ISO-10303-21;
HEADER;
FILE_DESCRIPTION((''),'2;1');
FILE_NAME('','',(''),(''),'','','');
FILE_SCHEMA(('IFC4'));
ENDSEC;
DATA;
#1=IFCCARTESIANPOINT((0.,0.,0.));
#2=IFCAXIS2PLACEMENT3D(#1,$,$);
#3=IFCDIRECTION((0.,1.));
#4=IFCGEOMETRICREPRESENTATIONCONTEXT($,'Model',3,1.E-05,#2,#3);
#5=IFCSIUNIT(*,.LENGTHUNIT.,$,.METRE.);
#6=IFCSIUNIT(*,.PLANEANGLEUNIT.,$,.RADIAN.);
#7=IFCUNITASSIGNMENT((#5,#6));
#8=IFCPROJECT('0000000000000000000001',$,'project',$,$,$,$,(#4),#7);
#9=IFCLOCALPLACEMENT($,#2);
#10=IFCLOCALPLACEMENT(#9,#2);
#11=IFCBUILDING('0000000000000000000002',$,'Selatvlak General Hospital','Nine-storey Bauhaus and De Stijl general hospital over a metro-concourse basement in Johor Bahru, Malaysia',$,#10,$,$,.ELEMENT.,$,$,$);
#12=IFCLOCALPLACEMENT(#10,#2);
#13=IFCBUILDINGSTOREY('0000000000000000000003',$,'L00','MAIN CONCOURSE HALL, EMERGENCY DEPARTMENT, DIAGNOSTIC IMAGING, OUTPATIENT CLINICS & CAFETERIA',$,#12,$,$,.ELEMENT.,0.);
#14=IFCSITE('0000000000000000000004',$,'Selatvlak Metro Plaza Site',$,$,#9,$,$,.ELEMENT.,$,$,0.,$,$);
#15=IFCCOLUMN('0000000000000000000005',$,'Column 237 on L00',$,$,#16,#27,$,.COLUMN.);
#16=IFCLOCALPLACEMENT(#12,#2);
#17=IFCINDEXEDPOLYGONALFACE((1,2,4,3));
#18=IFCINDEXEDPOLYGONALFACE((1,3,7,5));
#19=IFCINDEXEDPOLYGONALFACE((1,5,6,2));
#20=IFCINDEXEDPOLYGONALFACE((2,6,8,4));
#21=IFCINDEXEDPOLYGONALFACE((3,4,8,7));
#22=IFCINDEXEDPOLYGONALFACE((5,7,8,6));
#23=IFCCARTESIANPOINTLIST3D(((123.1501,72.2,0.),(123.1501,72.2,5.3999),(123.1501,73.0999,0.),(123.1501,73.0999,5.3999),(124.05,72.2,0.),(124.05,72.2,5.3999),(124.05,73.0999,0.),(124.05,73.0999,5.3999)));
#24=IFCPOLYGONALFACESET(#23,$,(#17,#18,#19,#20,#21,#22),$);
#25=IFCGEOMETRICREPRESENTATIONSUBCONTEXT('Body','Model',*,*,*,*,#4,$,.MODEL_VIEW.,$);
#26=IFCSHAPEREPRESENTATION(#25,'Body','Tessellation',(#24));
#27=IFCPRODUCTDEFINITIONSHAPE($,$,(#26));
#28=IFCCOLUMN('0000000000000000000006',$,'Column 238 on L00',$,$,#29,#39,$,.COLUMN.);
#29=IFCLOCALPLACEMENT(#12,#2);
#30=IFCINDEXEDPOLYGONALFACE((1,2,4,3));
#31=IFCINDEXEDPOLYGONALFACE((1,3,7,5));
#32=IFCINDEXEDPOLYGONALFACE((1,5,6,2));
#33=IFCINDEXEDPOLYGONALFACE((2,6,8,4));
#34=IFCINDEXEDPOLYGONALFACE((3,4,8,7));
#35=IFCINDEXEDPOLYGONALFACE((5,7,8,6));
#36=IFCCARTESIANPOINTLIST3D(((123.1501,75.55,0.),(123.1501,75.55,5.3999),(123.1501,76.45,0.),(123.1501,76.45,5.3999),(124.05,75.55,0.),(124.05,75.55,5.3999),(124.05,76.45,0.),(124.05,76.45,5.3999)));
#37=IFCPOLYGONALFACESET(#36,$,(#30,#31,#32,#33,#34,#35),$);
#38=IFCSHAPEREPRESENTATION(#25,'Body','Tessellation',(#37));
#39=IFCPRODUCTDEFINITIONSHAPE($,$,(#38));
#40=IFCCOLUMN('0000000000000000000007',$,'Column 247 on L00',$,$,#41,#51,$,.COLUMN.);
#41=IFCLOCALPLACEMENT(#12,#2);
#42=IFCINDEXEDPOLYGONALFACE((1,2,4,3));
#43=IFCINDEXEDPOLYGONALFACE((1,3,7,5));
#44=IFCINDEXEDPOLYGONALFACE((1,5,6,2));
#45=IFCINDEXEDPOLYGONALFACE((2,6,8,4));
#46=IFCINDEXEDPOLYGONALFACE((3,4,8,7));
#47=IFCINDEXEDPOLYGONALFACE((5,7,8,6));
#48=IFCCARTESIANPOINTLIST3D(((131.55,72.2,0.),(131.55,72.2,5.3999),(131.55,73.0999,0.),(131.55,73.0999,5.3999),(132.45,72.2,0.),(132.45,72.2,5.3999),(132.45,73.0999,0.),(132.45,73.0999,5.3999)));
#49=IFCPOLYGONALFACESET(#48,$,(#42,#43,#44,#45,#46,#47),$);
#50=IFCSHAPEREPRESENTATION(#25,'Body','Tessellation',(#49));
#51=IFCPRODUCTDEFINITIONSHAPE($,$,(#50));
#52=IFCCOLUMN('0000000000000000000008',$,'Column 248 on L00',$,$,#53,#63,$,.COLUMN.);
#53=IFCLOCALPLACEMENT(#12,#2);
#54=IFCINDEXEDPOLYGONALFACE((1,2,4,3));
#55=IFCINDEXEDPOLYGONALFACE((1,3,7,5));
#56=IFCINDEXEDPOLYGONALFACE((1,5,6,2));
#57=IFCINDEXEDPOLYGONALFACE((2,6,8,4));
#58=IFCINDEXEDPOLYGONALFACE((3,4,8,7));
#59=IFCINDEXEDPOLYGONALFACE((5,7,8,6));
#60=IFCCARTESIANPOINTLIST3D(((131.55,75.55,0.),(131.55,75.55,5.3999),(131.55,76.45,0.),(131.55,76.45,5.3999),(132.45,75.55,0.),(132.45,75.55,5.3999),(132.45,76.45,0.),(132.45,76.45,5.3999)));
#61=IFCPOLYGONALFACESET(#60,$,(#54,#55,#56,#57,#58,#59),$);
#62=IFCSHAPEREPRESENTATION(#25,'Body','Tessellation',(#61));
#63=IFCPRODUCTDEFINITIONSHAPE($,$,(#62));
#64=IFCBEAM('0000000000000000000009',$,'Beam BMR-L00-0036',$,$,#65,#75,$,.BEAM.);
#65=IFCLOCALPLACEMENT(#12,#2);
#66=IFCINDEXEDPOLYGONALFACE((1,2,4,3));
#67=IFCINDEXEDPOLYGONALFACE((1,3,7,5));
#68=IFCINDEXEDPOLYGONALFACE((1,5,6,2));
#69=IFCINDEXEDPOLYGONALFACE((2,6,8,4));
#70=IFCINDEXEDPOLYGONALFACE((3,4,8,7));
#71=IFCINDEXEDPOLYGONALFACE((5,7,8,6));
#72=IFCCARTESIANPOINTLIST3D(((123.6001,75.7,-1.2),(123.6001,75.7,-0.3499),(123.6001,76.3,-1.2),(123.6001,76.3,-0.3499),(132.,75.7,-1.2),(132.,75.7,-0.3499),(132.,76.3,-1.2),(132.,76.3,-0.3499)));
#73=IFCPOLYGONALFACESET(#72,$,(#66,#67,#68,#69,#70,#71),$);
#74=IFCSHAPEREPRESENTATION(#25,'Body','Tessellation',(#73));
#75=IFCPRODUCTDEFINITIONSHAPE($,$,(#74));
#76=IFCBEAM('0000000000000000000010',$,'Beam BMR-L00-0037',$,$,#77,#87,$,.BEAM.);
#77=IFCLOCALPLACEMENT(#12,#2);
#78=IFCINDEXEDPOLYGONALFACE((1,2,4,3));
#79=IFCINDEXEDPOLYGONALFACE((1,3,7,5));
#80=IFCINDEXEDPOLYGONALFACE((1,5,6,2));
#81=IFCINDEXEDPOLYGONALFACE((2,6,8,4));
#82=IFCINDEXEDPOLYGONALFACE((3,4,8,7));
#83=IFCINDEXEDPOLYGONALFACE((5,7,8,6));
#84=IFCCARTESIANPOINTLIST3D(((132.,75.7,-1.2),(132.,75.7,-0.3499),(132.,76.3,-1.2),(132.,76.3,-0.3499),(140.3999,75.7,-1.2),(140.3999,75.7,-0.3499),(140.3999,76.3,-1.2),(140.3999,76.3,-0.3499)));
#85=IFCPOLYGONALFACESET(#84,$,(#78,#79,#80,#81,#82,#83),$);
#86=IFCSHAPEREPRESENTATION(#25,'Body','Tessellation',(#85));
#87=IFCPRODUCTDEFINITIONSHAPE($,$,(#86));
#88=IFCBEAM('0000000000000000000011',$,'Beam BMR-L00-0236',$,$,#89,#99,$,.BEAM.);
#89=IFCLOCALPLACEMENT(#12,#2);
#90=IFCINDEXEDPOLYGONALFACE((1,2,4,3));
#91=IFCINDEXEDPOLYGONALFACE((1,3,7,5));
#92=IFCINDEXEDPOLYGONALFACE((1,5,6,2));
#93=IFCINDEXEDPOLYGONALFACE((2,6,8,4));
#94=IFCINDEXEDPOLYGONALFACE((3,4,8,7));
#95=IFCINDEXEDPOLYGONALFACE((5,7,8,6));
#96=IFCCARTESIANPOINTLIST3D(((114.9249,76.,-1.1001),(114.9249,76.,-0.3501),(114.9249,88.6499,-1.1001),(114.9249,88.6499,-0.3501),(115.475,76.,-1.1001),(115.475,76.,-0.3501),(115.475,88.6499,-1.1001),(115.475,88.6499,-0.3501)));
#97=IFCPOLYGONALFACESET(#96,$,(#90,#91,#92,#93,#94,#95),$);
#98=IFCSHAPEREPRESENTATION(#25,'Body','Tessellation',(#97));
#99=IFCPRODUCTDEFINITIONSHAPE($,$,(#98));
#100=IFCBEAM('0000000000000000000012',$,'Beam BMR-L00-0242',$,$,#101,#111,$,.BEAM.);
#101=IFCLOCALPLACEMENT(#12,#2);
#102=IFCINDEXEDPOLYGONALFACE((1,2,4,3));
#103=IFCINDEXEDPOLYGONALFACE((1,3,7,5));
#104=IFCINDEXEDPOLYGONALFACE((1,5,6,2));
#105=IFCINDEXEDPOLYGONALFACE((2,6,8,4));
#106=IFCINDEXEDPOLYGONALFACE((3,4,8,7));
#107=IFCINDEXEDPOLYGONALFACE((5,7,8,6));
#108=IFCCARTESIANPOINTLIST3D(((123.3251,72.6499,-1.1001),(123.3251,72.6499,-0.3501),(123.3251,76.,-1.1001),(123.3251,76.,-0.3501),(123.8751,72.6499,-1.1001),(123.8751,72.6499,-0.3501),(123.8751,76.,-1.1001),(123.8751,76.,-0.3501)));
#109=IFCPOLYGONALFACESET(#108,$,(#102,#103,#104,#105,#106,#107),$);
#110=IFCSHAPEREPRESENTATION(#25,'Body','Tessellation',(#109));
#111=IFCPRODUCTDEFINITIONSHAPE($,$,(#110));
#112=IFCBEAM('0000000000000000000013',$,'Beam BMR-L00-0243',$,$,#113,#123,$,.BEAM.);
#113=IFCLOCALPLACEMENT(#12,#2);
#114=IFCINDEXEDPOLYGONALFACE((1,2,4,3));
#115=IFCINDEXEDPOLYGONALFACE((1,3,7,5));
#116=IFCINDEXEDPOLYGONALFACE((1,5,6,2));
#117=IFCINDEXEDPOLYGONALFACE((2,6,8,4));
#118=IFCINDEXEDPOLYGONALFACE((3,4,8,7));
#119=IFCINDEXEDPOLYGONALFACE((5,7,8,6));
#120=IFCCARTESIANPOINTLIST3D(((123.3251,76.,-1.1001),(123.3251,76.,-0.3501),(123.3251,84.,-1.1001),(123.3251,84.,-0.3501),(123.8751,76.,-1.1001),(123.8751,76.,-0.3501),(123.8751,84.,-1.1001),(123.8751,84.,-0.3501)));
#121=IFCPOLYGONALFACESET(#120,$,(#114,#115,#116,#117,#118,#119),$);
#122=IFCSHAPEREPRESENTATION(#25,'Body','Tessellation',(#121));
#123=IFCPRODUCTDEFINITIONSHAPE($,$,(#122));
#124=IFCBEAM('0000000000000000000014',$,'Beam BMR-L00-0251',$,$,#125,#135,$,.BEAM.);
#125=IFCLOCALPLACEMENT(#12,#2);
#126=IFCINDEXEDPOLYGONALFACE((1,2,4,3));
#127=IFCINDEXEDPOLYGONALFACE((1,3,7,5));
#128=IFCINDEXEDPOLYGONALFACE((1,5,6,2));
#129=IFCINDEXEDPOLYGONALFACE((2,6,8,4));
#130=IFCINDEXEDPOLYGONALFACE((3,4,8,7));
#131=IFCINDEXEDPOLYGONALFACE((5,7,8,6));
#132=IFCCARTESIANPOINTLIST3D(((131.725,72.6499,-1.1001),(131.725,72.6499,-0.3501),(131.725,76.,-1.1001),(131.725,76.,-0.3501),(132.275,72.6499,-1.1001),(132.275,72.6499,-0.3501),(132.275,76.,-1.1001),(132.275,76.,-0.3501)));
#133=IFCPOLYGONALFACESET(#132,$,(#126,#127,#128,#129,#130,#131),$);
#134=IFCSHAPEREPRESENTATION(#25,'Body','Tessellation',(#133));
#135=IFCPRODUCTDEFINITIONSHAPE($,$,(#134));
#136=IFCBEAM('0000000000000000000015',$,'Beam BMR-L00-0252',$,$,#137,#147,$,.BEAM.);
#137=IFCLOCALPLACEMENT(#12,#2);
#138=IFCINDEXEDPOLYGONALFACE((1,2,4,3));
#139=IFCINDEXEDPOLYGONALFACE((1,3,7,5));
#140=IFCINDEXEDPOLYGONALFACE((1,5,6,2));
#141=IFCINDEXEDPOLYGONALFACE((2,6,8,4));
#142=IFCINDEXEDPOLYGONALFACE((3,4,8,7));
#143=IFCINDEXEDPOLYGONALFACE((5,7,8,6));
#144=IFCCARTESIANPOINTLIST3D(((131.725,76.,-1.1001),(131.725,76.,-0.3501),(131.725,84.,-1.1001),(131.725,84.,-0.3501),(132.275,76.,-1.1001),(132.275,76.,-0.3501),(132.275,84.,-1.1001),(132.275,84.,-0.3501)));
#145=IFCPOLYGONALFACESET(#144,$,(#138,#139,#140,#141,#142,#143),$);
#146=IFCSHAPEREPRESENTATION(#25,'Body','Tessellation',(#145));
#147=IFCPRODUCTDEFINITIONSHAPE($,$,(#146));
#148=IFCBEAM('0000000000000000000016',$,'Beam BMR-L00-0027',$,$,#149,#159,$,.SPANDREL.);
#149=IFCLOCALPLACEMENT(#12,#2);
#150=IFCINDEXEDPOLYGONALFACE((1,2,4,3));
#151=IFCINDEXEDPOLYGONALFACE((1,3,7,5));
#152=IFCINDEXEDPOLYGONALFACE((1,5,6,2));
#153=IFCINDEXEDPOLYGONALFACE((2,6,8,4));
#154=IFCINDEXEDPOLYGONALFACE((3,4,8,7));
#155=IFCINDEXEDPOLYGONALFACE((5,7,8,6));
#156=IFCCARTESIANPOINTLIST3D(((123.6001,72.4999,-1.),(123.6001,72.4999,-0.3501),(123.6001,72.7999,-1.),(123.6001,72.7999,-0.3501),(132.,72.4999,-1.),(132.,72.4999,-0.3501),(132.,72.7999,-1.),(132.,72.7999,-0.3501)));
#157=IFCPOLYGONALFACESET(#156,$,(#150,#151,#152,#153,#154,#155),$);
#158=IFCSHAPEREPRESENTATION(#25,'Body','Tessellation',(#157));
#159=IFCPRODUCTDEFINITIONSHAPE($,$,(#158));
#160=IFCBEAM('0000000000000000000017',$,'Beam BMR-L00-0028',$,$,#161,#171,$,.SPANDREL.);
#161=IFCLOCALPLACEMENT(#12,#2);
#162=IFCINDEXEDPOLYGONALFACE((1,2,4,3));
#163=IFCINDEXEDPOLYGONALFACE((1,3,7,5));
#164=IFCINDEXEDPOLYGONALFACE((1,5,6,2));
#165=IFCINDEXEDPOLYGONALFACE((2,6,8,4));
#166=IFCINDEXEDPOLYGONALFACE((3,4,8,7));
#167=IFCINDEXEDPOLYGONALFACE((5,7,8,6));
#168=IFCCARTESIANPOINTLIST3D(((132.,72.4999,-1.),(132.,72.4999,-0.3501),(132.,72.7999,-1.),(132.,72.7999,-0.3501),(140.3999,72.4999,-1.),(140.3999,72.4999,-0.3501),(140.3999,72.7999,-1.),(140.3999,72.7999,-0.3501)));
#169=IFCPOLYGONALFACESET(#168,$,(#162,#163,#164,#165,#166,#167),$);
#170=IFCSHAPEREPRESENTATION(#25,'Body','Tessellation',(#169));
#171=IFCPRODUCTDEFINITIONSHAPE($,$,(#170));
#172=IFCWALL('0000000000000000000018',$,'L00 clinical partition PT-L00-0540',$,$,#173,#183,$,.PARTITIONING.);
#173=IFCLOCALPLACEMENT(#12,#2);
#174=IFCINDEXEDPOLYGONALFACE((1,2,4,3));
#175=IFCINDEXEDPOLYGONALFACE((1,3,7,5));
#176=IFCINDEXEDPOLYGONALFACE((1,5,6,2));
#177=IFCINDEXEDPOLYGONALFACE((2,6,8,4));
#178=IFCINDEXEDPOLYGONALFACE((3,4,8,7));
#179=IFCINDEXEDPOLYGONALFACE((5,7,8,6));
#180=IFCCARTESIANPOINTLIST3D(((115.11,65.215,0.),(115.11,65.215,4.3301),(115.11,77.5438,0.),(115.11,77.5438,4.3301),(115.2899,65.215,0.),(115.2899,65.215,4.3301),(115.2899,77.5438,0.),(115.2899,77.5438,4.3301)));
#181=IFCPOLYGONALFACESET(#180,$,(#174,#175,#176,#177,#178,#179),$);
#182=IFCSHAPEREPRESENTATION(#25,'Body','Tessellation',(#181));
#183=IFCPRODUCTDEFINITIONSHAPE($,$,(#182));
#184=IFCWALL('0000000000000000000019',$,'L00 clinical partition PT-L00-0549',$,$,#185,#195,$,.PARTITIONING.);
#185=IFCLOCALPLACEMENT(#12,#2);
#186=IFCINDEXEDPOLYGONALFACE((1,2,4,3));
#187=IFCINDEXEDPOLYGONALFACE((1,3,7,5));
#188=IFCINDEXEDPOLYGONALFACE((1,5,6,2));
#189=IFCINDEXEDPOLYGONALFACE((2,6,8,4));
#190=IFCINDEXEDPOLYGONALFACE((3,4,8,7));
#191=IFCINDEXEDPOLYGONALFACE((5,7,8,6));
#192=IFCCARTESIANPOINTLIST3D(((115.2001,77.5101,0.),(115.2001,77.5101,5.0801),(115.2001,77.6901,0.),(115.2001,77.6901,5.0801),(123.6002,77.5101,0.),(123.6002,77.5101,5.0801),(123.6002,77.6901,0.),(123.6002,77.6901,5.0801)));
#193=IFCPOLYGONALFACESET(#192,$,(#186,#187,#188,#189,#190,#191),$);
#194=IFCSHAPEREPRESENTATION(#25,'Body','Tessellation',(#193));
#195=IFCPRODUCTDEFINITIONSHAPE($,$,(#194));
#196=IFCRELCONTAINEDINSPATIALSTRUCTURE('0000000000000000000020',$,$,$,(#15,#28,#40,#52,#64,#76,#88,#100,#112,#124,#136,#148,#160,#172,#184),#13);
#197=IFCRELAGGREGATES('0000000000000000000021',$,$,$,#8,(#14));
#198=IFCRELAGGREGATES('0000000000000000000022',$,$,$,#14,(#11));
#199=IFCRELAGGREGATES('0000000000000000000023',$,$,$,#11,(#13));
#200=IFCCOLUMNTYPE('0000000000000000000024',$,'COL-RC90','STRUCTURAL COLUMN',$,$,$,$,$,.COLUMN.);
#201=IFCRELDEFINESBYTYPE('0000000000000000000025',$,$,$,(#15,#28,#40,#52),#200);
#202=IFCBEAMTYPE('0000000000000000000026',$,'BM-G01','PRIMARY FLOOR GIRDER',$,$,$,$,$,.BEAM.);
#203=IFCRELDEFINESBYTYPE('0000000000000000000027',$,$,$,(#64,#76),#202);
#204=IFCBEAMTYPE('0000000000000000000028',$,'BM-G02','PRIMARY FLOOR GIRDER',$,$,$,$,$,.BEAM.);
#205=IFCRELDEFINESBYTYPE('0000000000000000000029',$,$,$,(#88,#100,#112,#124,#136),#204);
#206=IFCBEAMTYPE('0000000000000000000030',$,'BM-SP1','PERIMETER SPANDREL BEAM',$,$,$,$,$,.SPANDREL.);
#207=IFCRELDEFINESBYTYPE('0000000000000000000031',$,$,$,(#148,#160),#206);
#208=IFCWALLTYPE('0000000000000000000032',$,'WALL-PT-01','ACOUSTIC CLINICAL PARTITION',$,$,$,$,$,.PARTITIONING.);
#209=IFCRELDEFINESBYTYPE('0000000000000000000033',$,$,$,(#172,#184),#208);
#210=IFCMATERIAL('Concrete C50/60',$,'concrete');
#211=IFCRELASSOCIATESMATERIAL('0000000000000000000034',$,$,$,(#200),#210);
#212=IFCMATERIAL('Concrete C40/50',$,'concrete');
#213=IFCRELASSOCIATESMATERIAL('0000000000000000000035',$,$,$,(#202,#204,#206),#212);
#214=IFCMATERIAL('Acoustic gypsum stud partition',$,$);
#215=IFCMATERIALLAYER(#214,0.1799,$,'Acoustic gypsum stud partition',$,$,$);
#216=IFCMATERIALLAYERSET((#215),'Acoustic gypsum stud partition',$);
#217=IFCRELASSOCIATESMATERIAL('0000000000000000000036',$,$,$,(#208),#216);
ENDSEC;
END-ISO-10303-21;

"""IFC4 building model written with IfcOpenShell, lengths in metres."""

from ifc_helpers import new_model, si_unit, direction, frame, frame_2d, origin, origin_2d, place, context, subcontext, project, spatial, rectangle, extrude, material, layer, layer_set, material_profile, profile_set, type_object, element, save


model = new_model("IFC4")

# Units and contexts
model_context = context("Model", 3, precision=1e-05, world=origin(), true_north=direction((0.0, 1.0)))
body_context = subcontext(model_context, "Body", "Model", "MODEL_VIEW")
ifc_project = project(units=[si_unit("LENGTHUNIT", "METRE"), si_unit("PLANEANGLEUNIT", "RADIAN")], contexts=[model_context])

# Site, building, storey
site_placement = place(None, origin())
site = spatial("IfcSite", under=ifc_project, at=site_placement, Name="Selatvlak Metro Plaza Site", CompositionType="ELEMENT", RefElevation=0.0)
building_placement = place(site_placement, origin())
building = spatial("IfcBuilding", under=site, at=building_placement, Name="Selatvlak General Hospital", Description="Nine-storey Bauhaus and De Stijl general hospital over a metro-concourse basement in Johor Bahru, Malaysia", CompositionType="ELEMENT")
storey_placement = place(building_placement, origin())
storey = spatial("IfcBuildingStorey", under=building, at=storey_placement, Name="L00", Description="MAIN CONCOURSE HALL, EMERGENCY DEPARTMENT, DIAGNOSTIC IMAGING, OUTPATIENT CLINICS & CAFETERIA", CompositionType="ELEMENT", Elevation=0.0)

# Columns
ifc_material_1 = material(Name="Concrete C50/60", Category="concrete")
ifc_material_profile_1 = material_profile(ifc_material_1, rectangle(XDim=0.8999, YDim=0.8999, at=origin_2d()), Name="RC-COL 900x900")
ifc_profile_set_1 = profile_set([ifc_material_profile_1], Name="Concrete C50/60")
column_type = type_object("IfcColumnType", Name="COL-RC90", Description="STRUCTURAL COLUMN", PredefinedType="COLUMN", material=ifc_profile_set_1)
for number, where, z_axis, x_axis, name in (
    (1, (123.6001, 72.6499, 0.0), (0.0, 0.0, 1.0), (1.0, 0.0, 0.0), "Column 237 on L00"),
    (2, (123.6001, 76.0, 0.0), (0.0, 0.0, 1.0), (1.0, 0.0, 0.0), "Column 238 on L00"),
    (3, (132.0, 72.6499, 0.0), (0.0, 0.0, 1.0), (1.0, 0.0, 0.0), "Column 247 on L00"),
    (4, (132.0, 76.0, 0.0), (0.0, 0.0, 1.0), (1.0, 0.0, 0.0), "Column 248 on L00"),
):
    element("IfcColumn", number, at=place(storey_placement, frame(where, z_axis=z_axis, x_axis=x_axis)), inside=storey, type_object=column_type, Name=name, PredefinedType="COLUMN", context=body_context, shape_type="SweptSolid", body=[
        extrude(rectangle(XDim=0.8999, YDim=0.8999, at=origin_2d()), origin(), (0.0, 0.0, 1.0), 5.3999),
    ])

# Beams
ifc_material_2 = material(Name="Concrete C40/50", Category="concrete")
ifc_material_profile_2 = material_profile(ifc_material_2, rectangle(XDim=0.6001, YDim=0.8501, at=origin_2d()), Name="RC-BM 600x850")
ifc_profile_set_2 = profile_set([ifc_material_profile_2], Name="Concrete C40/50")
beam_type_1 = type_object("IfcBeamType", Name="BM-G01", Description="PRIMARY FLOOR GIRDER", PredefinedType="BEAM", material=ifc_profile_set_2)
for number, where, z_axis, x_axis, name in (
    (5, (123.6001, 76.0, -0.7749), (1.0, 0.0, 0.0), (0.0, 1.0, 0.0), "Beam BMR-L00-0036"),
    (6, (132.0, 76.0, -0.7749), (1.0, 0.0, 0.0), (0.0, 1.0, 0.0), "Beam BMR-L00-0037"),
):
    element("IfcBeam", number, at=place(storey_placement, frame(where, z_axis=z_axis, x_axis=x_axis)), inside=storey, type_object=beam_type_1, Name=name, PredefinedType="BEAM", context=body_context, shape_type="SweptSolid", body=[
        extrude(rectangle(XDim=0.6001, YDim=0.8501, at=origin_2d()), origin(), (0.0, 0.0, 1.0), 8.3999),
    ])
ifc_material_profile_3 = material_profile(ifc_material_2, rectangle(XDim=0.55, YDim=0.75, at=origin_2d()), Name="RC-BM 550x750")
ifc_profile_set_3 = profile_set([ifc_material_profile_3], Name="Concrete C40/50")
beam_type_2 = type_object("IfcBeamType", Name="BM-G02", Description="PRIMARY FLOOR GIRDER", PredefinedType="BEAM", material=ifc_profile_set_3)
beam_1_placement = place(storey_placement, frame((115.2, 76.0, -0.7251), z_axis=(0.0, 1.0, 0.0), x_axis=(-1.0, 0.0, 0.0)))
element("IfcBeam", 7, at=beam_1_placement, inside=storey, type_object=beam_type_2, Name="Beam BMR-L00-0236", PredefinedType="BEAM", context=body_context, shape_type="SweptSolid", body=[
    extrude(rectangle(XDim=0.55, YDim=0.75, at=origin_2d()), origin(), (0.0, 0.0, 1.0), 12.6499),
])
beam_2_placement = place(storey_placement, frame((123.6001, 72.6499, -0.7251), z_axis=(0.0, 1.0, 0.0), x_axis=(-1.0, 0.0, 0.0)))
element("IfcBeam", 8, at=beam_2_placement, inside=storey, type_object=beam_type_2, Name="Beam BMR-L00-0242", PredefinedType="BEAM", context=body_context, shape_type="SweptSolid", body=[
    extrude(rectangle(XDim=0.55, YDim=0.75, at=origin_2d()), origin(), (0.0, 0.0, 1.0), 3.3501),
])
beam_3_placement = place(storey_placement, frame((123.6001, 76.0, -0.7251), z_axis=(0.0, 1.0, 0.0), x_axis=(-1.0, 0.0, 0.0)))
element("IfcBeam", 9, at=beam_3_placement, inside=storey, type_object=beam_type_2, Name="Beam BMR-L00-0243", PredefinedType="BEAM", context=body_context, shape_type="SweptSolid", body=[
    extrude(rectangle(XDim=0.55, YDim=0.75, at=origin_2d()), origin(), (0.0, 0.0, 1.0), 8.0),
])
beam_4_placement = place(storey_placement, frame((132.0, 72.6499, -0.7251), z_axis=(0.0, 1.0, 0.0), x_axis=(-1.0, 0.0, 0.0)))
element("IfcBeam", 10, at=beam_4_placement, inside=storey, type_object=beam_type_2, Name="Beam BMR-L00-0251", PredefinedType="BEAM", context=body_context, shape_type="SweptSolid", body=[
    extrude(rectangle(XDim=0.55, YDim=0.75, at=origin_2d()), origin(), (0.0, 0.0, 1.0), 3.3501),
])
beam_5_placement = place(storey_placement, frame((132.0, 76.0, -0.7251), z_axis=(0.0, 1.0, 0.0), x_axis=(-1.0, 0.0, 0.0)))
element("IfcBeam", 11, at=beam_5_placement, inside=storey, type_object=beam_type_2, Name="Beam BMR-L00-0252", PredefinedType="BEAM", context=body_context, shape_type="SweptSolid", body=[
    extrude(rectangle(XDim=0.55, YDim=0.75, at=origin_2d()), origin(), (0.0, 0.0, 1.0), 8.0),
])
ifc_material_profile_4 = material_profile(ifc_material_2, rectangle(XDim=0.3, YDim=0.6499, at=origin_2d()), Name="RC-SP 300x650")
ifc_profile_set_4 = profile_set([ifc_material_profile_4], Name="Concrete C40/50")
beam_type_3 = type_object("IfcBeamType", Name="BM-SP1", Description="PERIMETER SPANDREL BEAM", PredefinedType="SPANDREL", material=ifc_profile_set_4)
for number, where, z_axis, x_axis, name in (
    (12, (123.6001, 72.6499, -0.675), (1.0, 0.0, 0.0), (0.0, 1.0, 0.0), "Beam BMR-L00-0027"),
    (13, (132.0, 72.6499, -0.675), (1.0, 0.0, 0.0), (0.0, 1.0, 0.0), "Beam BMR-L00-0028"),
):
    element("IfcBeam", number, at=place(storey_placement, frame(where, z_axis=z_axis, x_axis=x_axis)), inside=storey, type_object=beam_type_3, Name=name, PredefinedType="SPANDREL", context=body_context, shape_type="SweptSolid", body=[
        extrude(rectangle(XDim=0.3, YDim=0.6499, at=origin_2d()), origin(), (0.0, 0.0, 1.0), 8.3999),
    ])

# Walls
ifc_material_3 = material(Name="Acoustic gypsum stud partition")
ifc_layer_1 = layer(ifc_material_3, 0.1799, Name="Acoustic gypsum stud partition")
ifc_layer_set_1 = layer_set([ifc_layer_1], Name="Acoustic gypsum stud partition")
wall_type_1 = type_object("IfcWallType", Name="WALL-PT-01", Description="ACOUSTIC CLINICAL PARTITION", PredefinedType="PARTITIONING", material=ifc_layer_set_1)
wall_1_placement = place(storey_placement, frame((115.2, 77.5439, 0.0), z_axis=(0.0, 0.0, 1.0), x_axis=(0.0, -1.0, 0.0)))
element("IfcWall", 14, at=wall_1_placement, inside=storey, type_object=wall_type_1, Name="L00 clinical partition PT-L00-0540", PredefinedType="PARTITIONING", context=body_context, shape_type="SweptSolid", body=[
    extrude(rectangle(XDim=12.3289, YDim=0.1799, at=frame_2d((6.1646, 0.0))), origin(), (0.0, 0.0, 1.0), 4.3301),
])
wall_2_placement = place(storey_placement, frame((115.2, 77.6001, 0.0), z_axis=(0.0, 0.0, 1.0), x_axis=(1.0, 0.0, 0.0)))
element("IfcWall", 15, at=wall_2_placement, inside=storey, type_object=wall_type_1, Name="L00 clinical partition PT-L00-0549", PredefinedType="PARTITIONING", context=body_context, shape_type="SweptSolid", body=[
    extrude(rectangle(XDim=8.4001, YDim=0.1799, at=frame_2d((4.2002, 0.0))), origin(), (0.0, 0.0, 1.0), 5.0801),
])

save(model, "model.ifc")
